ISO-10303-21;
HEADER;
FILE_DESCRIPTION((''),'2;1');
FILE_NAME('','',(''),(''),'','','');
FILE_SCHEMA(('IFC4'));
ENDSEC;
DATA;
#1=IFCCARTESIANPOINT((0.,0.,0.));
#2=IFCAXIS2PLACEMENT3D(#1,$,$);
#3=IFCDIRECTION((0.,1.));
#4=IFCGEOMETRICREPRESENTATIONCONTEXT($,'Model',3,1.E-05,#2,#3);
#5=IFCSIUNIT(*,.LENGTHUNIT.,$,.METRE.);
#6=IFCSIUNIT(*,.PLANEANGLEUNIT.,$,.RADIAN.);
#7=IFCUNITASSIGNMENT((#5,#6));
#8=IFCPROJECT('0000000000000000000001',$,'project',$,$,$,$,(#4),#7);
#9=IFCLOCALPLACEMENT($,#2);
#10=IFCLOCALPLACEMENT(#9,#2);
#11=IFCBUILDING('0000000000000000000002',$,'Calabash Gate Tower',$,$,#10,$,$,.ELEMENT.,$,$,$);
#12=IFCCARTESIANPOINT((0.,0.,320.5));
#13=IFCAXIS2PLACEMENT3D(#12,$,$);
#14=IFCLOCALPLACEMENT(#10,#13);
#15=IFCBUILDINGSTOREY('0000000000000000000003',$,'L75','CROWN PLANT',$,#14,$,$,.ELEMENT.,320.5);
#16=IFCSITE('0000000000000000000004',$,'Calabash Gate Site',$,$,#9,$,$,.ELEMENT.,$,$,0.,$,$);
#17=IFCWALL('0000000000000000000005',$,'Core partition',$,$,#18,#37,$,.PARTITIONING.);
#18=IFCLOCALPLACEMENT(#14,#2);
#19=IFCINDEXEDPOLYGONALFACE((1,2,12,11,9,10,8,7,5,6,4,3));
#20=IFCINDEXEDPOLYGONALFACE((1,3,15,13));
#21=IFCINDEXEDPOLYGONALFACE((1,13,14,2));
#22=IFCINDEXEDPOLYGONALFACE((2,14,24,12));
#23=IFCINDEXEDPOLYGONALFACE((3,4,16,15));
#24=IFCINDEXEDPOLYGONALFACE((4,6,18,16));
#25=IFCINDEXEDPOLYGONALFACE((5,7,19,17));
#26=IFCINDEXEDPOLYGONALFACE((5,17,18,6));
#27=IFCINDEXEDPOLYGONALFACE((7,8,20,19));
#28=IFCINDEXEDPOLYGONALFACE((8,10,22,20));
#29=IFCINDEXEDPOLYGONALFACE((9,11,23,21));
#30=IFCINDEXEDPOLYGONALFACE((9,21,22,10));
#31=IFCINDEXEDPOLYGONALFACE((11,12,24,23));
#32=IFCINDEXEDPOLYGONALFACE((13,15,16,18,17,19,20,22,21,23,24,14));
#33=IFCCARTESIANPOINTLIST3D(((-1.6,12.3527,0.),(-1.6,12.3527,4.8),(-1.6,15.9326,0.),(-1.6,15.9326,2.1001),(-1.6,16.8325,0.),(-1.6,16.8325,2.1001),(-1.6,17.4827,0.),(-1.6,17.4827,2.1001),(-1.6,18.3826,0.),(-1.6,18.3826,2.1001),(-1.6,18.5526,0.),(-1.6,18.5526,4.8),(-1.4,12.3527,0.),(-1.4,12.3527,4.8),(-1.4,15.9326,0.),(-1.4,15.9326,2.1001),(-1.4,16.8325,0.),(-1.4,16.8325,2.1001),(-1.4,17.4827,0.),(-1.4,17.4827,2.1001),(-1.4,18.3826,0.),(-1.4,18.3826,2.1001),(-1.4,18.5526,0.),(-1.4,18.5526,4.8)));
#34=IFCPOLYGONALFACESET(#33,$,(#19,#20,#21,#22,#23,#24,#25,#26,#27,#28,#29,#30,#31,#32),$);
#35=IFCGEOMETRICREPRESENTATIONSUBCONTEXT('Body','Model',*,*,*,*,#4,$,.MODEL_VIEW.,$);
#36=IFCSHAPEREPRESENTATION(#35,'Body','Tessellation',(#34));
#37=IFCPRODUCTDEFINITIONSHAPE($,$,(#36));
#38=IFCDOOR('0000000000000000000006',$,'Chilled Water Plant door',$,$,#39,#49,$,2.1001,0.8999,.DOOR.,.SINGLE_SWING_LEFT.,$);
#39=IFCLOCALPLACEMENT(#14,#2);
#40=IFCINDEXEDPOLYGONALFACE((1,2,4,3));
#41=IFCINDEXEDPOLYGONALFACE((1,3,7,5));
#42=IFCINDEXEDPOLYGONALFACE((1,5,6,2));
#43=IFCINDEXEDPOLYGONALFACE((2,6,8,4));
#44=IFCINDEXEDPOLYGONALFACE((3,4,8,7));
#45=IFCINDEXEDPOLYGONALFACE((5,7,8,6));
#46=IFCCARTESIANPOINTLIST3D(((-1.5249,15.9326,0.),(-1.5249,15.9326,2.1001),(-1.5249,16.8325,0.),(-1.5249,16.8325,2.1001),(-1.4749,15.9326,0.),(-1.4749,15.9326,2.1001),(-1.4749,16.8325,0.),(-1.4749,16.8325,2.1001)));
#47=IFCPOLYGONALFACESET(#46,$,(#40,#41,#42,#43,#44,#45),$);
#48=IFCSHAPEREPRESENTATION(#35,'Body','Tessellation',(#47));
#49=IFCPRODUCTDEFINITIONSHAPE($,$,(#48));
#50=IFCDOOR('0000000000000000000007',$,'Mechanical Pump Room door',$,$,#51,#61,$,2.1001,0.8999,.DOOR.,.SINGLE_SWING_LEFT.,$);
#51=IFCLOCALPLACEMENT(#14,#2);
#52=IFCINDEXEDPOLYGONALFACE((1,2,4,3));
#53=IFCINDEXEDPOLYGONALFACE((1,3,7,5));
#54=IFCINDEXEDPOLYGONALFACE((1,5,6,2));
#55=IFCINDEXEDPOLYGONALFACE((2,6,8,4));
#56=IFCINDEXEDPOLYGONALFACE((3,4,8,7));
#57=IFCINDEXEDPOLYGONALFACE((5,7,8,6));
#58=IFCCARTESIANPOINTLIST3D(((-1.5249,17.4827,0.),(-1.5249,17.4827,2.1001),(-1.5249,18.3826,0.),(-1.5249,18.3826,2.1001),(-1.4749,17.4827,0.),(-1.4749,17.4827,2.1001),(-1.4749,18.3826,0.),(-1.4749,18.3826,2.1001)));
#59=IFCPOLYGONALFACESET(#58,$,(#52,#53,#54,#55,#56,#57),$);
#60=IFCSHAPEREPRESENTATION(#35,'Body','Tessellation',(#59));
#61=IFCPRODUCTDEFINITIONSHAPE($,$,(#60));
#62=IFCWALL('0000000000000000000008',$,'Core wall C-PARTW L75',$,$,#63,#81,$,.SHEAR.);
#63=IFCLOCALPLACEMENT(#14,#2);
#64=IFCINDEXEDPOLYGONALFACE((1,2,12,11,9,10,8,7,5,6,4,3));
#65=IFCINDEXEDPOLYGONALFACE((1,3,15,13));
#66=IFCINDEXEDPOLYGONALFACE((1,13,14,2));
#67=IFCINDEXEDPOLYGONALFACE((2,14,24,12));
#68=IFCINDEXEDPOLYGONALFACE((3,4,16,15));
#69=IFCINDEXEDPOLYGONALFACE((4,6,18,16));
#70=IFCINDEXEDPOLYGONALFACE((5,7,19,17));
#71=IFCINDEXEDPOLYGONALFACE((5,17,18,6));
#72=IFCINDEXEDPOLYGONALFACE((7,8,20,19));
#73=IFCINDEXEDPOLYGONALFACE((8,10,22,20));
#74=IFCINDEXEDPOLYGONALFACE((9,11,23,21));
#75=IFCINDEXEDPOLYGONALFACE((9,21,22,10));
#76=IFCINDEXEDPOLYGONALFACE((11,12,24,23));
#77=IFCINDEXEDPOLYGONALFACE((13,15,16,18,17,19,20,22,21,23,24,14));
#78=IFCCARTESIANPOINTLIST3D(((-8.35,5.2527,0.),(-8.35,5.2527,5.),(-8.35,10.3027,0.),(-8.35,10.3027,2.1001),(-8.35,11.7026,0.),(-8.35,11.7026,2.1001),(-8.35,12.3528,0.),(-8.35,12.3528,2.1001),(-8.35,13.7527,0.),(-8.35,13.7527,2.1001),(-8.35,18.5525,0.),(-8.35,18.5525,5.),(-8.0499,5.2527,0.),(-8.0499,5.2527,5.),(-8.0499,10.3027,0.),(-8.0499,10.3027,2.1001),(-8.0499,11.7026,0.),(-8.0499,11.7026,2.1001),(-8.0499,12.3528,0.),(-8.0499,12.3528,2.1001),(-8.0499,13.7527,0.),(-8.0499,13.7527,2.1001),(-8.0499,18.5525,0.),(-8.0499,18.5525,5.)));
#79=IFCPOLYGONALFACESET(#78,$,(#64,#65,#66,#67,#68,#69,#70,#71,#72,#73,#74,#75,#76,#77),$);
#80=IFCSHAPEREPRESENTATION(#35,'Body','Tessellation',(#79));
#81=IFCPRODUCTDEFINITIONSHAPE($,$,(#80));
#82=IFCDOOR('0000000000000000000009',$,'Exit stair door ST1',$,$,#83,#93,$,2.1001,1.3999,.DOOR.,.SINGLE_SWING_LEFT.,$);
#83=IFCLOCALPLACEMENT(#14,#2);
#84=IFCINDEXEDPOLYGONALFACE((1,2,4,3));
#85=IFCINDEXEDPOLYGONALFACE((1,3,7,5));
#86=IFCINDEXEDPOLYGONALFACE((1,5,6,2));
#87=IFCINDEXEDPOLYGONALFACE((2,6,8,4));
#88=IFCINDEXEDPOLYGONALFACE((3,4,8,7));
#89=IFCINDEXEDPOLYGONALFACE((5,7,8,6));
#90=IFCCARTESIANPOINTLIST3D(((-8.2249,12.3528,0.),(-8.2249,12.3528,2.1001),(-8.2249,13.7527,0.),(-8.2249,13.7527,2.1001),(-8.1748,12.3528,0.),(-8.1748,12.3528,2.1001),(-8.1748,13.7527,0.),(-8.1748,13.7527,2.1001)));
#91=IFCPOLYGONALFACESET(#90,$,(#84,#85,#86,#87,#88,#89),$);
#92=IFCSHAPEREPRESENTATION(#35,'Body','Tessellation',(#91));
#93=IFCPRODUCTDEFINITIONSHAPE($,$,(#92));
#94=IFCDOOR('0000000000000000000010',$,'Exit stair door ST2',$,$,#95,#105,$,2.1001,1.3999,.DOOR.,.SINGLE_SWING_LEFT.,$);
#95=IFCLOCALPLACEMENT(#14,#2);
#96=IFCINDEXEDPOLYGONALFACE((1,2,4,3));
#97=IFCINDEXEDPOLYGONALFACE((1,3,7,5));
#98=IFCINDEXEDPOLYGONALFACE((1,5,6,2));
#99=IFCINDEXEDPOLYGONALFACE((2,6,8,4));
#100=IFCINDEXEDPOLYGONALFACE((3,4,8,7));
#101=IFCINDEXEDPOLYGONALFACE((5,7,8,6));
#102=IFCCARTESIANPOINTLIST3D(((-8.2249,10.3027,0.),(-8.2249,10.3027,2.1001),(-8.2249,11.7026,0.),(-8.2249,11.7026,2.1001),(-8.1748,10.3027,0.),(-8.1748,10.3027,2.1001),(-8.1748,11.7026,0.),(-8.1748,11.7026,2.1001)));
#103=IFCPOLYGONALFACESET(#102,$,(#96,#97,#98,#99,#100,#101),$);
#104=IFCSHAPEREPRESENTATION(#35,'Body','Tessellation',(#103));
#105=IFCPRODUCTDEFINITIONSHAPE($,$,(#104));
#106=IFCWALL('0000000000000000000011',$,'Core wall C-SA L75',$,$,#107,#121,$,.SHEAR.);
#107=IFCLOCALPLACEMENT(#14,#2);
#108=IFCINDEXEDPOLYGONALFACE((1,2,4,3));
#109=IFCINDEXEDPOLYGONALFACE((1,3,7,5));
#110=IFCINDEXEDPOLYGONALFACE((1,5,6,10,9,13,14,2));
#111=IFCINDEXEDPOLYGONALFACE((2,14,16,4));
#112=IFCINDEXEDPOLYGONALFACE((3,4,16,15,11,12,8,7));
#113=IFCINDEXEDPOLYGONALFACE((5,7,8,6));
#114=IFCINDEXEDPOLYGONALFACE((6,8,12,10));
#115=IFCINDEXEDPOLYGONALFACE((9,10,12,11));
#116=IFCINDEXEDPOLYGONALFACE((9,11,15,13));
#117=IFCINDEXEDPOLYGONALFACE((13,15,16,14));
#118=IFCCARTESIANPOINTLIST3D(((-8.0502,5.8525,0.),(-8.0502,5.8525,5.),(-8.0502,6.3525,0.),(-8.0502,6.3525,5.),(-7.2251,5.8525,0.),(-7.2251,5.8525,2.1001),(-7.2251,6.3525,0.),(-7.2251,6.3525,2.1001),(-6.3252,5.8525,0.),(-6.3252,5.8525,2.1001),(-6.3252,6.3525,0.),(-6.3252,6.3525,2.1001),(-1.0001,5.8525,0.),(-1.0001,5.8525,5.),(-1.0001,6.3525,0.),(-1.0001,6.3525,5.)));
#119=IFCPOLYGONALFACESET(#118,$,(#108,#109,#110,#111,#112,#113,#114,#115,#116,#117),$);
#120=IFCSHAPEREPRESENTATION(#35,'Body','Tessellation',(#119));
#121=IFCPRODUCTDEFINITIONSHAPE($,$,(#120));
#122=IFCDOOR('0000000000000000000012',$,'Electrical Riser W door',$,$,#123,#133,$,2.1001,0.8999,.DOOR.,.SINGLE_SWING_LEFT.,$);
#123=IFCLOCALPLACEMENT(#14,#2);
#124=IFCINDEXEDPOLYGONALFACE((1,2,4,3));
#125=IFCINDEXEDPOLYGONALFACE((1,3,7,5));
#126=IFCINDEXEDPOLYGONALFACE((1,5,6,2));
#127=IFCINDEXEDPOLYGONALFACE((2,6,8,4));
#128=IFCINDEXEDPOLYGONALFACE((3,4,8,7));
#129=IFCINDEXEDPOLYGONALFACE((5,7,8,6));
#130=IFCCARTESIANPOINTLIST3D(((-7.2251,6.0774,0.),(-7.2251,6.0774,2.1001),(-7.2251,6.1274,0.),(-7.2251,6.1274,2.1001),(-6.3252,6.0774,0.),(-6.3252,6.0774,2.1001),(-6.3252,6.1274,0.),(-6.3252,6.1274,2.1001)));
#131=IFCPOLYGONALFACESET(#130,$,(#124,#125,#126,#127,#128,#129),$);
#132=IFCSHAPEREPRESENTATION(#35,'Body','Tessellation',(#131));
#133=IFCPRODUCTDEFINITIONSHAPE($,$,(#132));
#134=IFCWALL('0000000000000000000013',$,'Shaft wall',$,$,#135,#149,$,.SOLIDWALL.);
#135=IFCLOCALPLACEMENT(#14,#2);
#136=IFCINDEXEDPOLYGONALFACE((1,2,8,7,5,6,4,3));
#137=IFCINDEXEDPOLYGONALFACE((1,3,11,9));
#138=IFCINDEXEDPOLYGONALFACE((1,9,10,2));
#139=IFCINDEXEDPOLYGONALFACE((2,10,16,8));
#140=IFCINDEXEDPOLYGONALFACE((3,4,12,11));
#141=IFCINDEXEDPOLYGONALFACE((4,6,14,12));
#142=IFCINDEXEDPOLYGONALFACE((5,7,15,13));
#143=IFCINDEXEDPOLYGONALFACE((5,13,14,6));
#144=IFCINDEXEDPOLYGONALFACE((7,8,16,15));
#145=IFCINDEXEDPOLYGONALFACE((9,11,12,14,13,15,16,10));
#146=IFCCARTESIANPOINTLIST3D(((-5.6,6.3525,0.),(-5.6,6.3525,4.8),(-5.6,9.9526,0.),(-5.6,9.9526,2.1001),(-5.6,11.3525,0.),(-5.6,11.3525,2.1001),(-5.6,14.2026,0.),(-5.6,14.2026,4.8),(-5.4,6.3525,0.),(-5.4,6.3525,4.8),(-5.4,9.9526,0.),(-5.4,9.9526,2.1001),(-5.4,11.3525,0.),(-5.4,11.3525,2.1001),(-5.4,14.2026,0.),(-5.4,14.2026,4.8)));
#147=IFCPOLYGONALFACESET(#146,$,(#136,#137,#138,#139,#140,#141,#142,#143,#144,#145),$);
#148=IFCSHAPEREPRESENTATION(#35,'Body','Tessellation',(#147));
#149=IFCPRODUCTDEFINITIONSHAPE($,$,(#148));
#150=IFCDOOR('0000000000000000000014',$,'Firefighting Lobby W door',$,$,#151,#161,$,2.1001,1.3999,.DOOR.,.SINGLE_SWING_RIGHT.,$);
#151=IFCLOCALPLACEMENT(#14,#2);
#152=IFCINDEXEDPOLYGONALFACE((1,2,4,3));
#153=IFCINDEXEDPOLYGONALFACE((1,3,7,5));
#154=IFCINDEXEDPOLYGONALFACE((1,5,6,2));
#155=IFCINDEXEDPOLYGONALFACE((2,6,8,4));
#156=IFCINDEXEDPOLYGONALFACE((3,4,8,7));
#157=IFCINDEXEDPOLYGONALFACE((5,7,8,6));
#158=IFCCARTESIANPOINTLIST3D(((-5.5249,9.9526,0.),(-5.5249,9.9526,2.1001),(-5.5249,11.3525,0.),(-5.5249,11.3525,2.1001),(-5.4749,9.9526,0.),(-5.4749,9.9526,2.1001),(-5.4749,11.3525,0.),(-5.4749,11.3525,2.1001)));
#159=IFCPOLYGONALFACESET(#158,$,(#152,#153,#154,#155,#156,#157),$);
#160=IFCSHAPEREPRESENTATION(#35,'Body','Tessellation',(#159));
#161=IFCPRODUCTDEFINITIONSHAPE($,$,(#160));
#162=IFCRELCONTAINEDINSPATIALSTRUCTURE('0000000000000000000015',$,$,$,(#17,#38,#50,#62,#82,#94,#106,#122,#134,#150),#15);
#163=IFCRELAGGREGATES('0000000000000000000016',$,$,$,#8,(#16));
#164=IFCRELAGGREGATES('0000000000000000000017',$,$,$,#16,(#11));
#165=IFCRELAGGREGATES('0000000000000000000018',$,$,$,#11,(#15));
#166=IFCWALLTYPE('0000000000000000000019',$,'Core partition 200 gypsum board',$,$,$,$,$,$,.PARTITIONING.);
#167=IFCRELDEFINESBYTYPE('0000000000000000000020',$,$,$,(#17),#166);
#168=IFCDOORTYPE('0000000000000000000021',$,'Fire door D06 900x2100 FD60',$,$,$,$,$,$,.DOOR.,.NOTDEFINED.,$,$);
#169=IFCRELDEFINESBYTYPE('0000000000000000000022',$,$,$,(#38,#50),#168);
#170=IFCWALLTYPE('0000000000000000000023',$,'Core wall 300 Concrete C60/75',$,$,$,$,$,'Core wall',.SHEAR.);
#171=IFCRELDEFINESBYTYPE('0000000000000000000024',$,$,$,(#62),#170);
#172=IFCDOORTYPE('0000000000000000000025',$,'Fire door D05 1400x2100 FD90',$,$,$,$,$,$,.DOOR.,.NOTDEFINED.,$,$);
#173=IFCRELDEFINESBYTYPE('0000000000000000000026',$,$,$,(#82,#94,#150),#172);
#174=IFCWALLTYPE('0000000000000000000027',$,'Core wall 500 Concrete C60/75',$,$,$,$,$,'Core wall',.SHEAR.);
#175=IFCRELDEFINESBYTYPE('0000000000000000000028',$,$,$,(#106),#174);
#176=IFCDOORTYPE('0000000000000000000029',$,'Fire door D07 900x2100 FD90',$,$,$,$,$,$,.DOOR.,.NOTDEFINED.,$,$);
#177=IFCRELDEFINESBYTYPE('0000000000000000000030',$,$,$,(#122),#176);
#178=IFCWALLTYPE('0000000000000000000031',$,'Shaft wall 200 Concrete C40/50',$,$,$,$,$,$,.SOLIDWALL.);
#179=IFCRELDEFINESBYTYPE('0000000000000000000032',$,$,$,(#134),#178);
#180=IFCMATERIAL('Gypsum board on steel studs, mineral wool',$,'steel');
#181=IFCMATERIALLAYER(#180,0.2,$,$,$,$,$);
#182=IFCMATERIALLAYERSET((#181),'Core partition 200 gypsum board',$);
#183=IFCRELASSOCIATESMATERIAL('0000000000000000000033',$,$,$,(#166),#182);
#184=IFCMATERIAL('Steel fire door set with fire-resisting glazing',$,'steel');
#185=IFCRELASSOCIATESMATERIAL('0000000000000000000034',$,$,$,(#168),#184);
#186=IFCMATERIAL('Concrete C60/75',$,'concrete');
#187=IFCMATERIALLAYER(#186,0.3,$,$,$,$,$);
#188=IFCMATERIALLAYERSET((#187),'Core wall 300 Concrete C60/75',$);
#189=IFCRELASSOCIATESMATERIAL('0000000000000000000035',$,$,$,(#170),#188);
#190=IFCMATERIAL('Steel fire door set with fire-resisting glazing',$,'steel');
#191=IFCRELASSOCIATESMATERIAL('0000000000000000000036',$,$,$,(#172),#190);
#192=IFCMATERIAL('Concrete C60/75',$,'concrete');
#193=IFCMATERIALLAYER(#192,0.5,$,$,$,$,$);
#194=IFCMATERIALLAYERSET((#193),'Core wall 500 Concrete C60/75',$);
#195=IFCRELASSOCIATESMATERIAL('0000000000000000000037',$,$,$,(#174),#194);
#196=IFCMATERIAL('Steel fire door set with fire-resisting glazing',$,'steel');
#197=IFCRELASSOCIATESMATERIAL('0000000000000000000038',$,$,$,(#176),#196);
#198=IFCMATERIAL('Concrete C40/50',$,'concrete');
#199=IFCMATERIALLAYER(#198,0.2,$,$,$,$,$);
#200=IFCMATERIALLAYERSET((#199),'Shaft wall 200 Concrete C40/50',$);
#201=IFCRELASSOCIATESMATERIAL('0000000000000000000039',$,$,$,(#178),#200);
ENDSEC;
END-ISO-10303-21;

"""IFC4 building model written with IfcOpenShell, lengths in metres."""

from ifc_helpers import new_model, si_unit, direction, frame, frame_2d, origin, place, context, subcontext, project, spatial, rectangle, extrude, material, layer, layer_set, type_object, element, fill, save


model = new_model("IFC4")

# Units and contexts
model_context = context("Model", 3, precision=1e-05, world=origin(), true_north=direction((0.0, 1.0)))
body_context = subcontext(model_context, "Body", "Model", "MODEL_VIEW")
ifc_project = project(units=[si_unit("LENGTHUNIT", "METRE"), si_unit("PLANEANGLEUNIT", "RADIAN")], contexts=[model_context])

# Site, building, storey
site_placement = place(None, origin())
site = spatial("IfcSite", under=ifc_project, at=site_placement, Name="Calabash Gate Site", CompositionType="ELEMENT", RefElevation=0.0)
building_placement = place(site_placement, origin())
building = spatial("IfcBuilding", under=site, at=building_placement, Name="Calabash Gate Tower", CompositionType="ELEMENT")
storey_placement = place(building_placement, frame((0.0, 0.0, 320.5)))
storey = spatial("IfcBuildingStorey", under=building, at=storey_placement, Name="L75", Description="CROWN PLANT", CompositionType="ELEMENT", Elevation=320.5)

# Shared definitions
ifc_material_1 = material(Name="Gypsum board on steel studs, mineral wool", Category="steel")
ifc_layer_1 = layer(ifc_material_1, 0.2)
ifc_layer_set_1 = layer_set([ifc_layer_1], Name="Core partition 200 gypsum board")
wall_type_1 = type_object("IfcWallType", Name="Core partition 200 gypsum board", PredefinedType="PARTITIONING", material=ifc_layer_set_1)

# Shared definitions
ifc_material_2 = material(Name="Steel fire door set with fire-resisting glazing", Category="steel")
door_type_1 = type_object("IfcDoorType", Name="Fire door D06 900x2100 FD60", OperationType="NOTDEFINED", PredefinedType="DOOR", material=ifc_material_2)

# Walls, openings, doors
wall_1_placement = place(storey_placement, frame((-1.5, 12.3525, 0.0), z_axis=(0.0, 0.0, 1.0), x_axis=(0.0, 1.0, 0.0)))
wall_1 = element("IfcWall", 1, at=wall_1_placement, inside=storey, type_object=wall_type_1, Name="Core partition", PredefinedType="PARTITIONING", context=body_context, shape_type="SweptSolid", body=[
    extrude(rectangle(XDim=6.2, YDim=0.2, at=frame_2d((3.1001, 0.0))), origin(), (0.0, 0.0, 1.0), 4.8),
])
opening_1_placement = place(wall_1_placement, frame((3.5801, 0.0, 0.0)))
opening_1 = element("IfcOpeningElement", 2, at=opening_1_placement, cuts=wall_1, PredefinedType="OPENING", context=body_context, shape_type="SweptSolid", body=[
    extrude(rectangle(XDim=0.8999, YDim=2.1001, at=frame_2d((0.45, 1.05))), frame((0.0, 0.1099, 0.0), z_axis=(0.0, -1.0, 0.0), x_axis=(1.0, 0.0, 0.0)), (0.0, 0.0, 1.0), 0.22),
])
opening_2_placement = place(wall_1_placement, frame((5.1301, 0.0, 0.0)))
opening_2 = element("IfcOpeningElement", 3, at=opening_2_placement, cuts=wall_1, PredefinedType="OPENING", context=body_context, shape_type="SweptSolid", body=[
    extrude(rectangle(XDim=0.8999, YDim=2.1001, at=frame_2d((0.45, 1.05))), frame((0.0, 0.1099, 0.0), z_axis=(0.0, -1.0, 0.0), x_axis=(1.0, 0.0, 0.0)), (0.0, 0.0, 1.0), 0.22),
])
door_1_placement = place(opening_1_placement, origin())
door_1 = element("IfcDoor", 4, at=door_1_placement, inside=storey, type_object=door_type_1, Name="Chilled Water Plant door", OperationType="SINGLE_SWING_LEFT", OverallHeight=2.1001, OverallWidth=0.8999, PredefinedType="DOOR", context=body_context, shape_type="SweptSolid", body=[
    extrude(rectangle(XDim=0.8999, YDim=2.1001, at=frame_2d((0.45, 1.05))), frame((0.0, 0.0249, 0.0), z_axis=(0.0, -1.0, 0.0), x_axis=(1.0, 0.0, 0.0)), (0.0, 0.0, 1.0), 0.05),
])
fill(opening_1, door_1)
door_2_placement = place(opening_2_placement, origin())
door_2 = element("IfcDoor", 5, at=door_2_placement, inside=storey, type_object=door_type_1, Name="Mechanical Pump Room door", OperationType="SINGLE_SWING_LEFT", OverallHeight=2.1001, OverallWidth=0.8999, PredefinedType="DOOR", context=body_context, shape_type="SweptSolid", body=[
    extrude(rectangle(XDim=0.8999, YDim=2.1001, at=frame_2d((0.45, 1.05))), frame((0.0, 0.0249, 0.0), z_axis=(0.0, -1.0, 0.0), x_axis=(1.0, 0.0, 0.0)), (0.0, 0.0, 1.0), 0.05),
])
fill(opening_2, door_2)
ifc_material_3 = material(Name="Concrete C60/75", Category="concrete")
ifc_layer_2 = layer(ifc_material_3, 0.3)
ifc_layer_set_2 = layer_set([ifc_layer_2], Name="Core wall 300 Concrete C60/75")
wall_type_2 = type_object("IfcWallType", Name="Core wall 300 Concrete C60/75", ElementType="Core wall", PredefinedType="SHEAR", material=ifc_layer_set_2)
wall_2_placement = place(storey_placement, frame((-8.2, 5.2527, 0.0), z_axis=(0.0, 0.0, 1.0), x_axis=(0.0, 1.0, 0.0)))
wall_2 = element("IfcWall", 6, at=wall_2_placement, inside=storey, type_object=wall_type_2, Name="Core wall C-PARTW L75", PredefinedType="SHEAR", context=body_context, shape_type="SweptSolid", body=[
    extrude(rectangle(XDim=13.2998, YDim=0.3, at=frame_2d((6.6499, 0.0))), origin(), (0.0, 0.0, 1.0), 5.0),
])
opening_3_placement = place(wall_2_placement, frame((7.1001, 0.0, 0.0)))
opening_3 = element("IfcOpeningElement", 7, at=opening_3_placement, cuts=wall_2, PredefinedType="OPENING", context=body_context, shape_type="SweptSolid", body=[
    extrude(rectangle(XDim=1.3999, YDim=2.1001, at=frame_2d((0.7, 1.05))), frame((0.0, 0.1599, 0.0), z_axis=(0.0, -1.0, 0.0), x_axis=(1.0, 0.0, 0.0)), (0.0, 0.0, 1.0), 0.3201),
])
opening_4_placement = place(wall_2_placement, frame((5.05, 0.0, 0.0)))
opening_4 = element("IfcOpeningElement", 8, at=opening_4_placement, cuts=wall_2, PredefinedType="OPENING", context=body_context, shape_type="SweptSolid", body=[
    extrude(rectangle(XDim=1.3999, YDim=2.1001, at=frame_2d((0.7, 1.05))), frame((0.0, 0.1599, 0.0), z_axis=(0.0, -1.0, 0.0), x_axis=(1.0, 0.0, 0.0)), (0.0, 0.0, 1.0), 0.3201),
])
ifc_material_4 = material(Name="Steel fire door set with fire-resisting glazing", Category="steel")
door_type_2 = type_object("IfcDoorType", Name="Fire door D05 1400x2100 FD90", OperationType="NOTDEFINED", PredefinedType="DOOR", material=ifc_material_4)
door_3_placement = place(opening_3_placement, origin())
door_3 = element("IfcDoor", 9, at=door_3_placement, inside=storey, type_object=door_type_2, Name="Exit stair door ST1", OperationType="SINGLE_SWING_LEFT", OverallHeight=2.1001, OverallWidth=1.3999, PredefinedType="DOOR", context=body_context, shape_type="SweptSolid", body=[
    extrude(rectangle(XDim=1.3999, YDim=2.1001, at=frame_2d((0.7, 1.05))), frame((0.0, 0.0249, 0.0), z_axis=(0.0, -1.0, 0.0), x_axis=(1.0, 0.0, 0.0)), (0.0, 0.0, 1.0), 0.05),
])
fill(opening_3, door_3)
door_4_placement = place(opening_4_placement, origin())
door_4 = element("IfcDoor", 10, at=door_4_placement, inside=storey, type_object=door_type_2, Name="Exit stair door ST2", OperationType="SINGLE_SWING_LEFT", OverallHeight=2.1001, OverallWidth=1.3999, PredefinedType="DOOR", context=body_context, shape_type="SweptSolid", body=[
    extrude(rectangle(XDim=1.3999, YDim=2.1001, at=frame_2d((0.7, 1.05))), frame((0.0, 0.0249, 0.0), z_axis=(0.0, -1.0, 0.0), x_axis=(1.0, 0.0, 0.0)), (0.0, 0.0, 1.0), 0.05),
])
fill(opening_4, door_4)

# Walls, openings, doors
ifc_material_5 = material(Name="Concrete C60/75", Category="concrete")
ifc_layer_3 = layer(ifc_material_5, 0.5)
ifc_layer_set_3 = layer_set([ifc_layer_3], Name="Core wall 500 Concrete C60/75")
wall_type_3 = type_object("IfcWallType", Name="Core wall 500 Concrete C60/75", ElementType="Core wall", PredefinedType="SHEAR", material=ifc_layer_set_3)
wall_3_placement = place(storey_placement, frame((-8.05, 6.1025, 0.0), z_axis=(0.0, 0.0, 1.0), x_axis=(1.0, 0.0, 0.0)))
wall_3 = element("IfcWall", 11, at=wall_3_placement, inside=storey, type_object=wall_type_3, Name="Core wall C-SA L75", PredefinedType="SHEAR", context=body_context, shape_type="SweptSolid", body=[
    extrude(rectangle(XDim=7.05, YDim=0.5, at=frame_2d((3.5249, 0.0))), origin(), (0.0, 0.0, 1.0), 5.0),
])
opening_5_placement = place(wall_3_placement, frame((0.825, 0.0, 0.0)))
opening_5 = element("IfcOpeningElement", 12, at=opening_5_placement, cuts=wall_3, PredefinedType="OPENING", context=body_context, shape_type="SweptSolid", body=[
    extrude(rectangle(XDim=0.8999, YDim=2.1001, at=frame_2d((0.45, 1.05))), frame((0.0, 0.26, 0.0), z_axis=(0.0, -1.0, 0.0), x_axis=(1.0, 0.0, 0.0)), (0.0, 0.0, 1.0), 0.52),
])
ifc_material_6 = material(Name="Steel fire door set with fire-resisting glazing", Category="steel")
door_type_3 = type_object("IfcDoorType", Name="Fire door D07 900x2100 FD90", OperationType="NOTDEFINED", PredefinedType="DOOR", material=ifc_material_6)
door_5_placement = place(opening_5_placement, origin())
door_5 = element("IfcDoor", 13, at=door_5_placement, inside=storey, type_object=door_type_3, Name="Electrical Riser W door", OperationType="SINGLE_SWING_LEFT", OverallHeight=2.1001, OverallWidth=0.8999, PredefinedType="DOOR", context=body_context, shape_type="SweptSolid", body=[
    extrude(rectangle(XDim=0.8999, YDim=2.1001, at=frame_2d((0.45, 1.05))), frame((0.0, 0.0249, 0.0), z_axis=(0.0, -1.0, 0.0), x_axis=(1.0, 0.0, 0.0)), (0.0, 0.0, 1.0), 0.05),
])
fill(opening_5, door_5)
ifc_material_7 = material(Name="Concrete C40/50", Category="concrete")
ifc_layer_4 = layer(ifc_material_7, 0.2)
ifc_layer_set_4 = layer_set([ifc_layer_4], Name="Shaft wall 200 Concrete C40/50")
wall_type_4 = type_object("IfcWallType", Name="Shaft wall 200 Concrete C40/50", PredefinedType="SOLIDWALL", material=ifc_layer_set_4)
wall_4_placement = place(storey_placement, frame((-5.5, 6.3525, 0.0), z_axis=(0.0, 0.0, 1.0), x_axis=(0.0, 1.0, 0.0)))
wall_4 = element("IfcWall", 14, at=wall_4_placement, inside=storey, type_object=wall_type_4, Name="Shaft wall", PredefinedType="SOLIDWALL", context=body_context, shape_type="SweptSolid", body=[
    extrude(rectangle(XDim=7.8501, YDim=0.2, at=frame_2d((3.925, 0.0))), origin(), (0.0, 0.0, 1.0), 4.8),
])
opening_6_placement = place(wall_4_placement, frame((3.6001, 0.0, 0.0)))
opening_6 = element("IfcOpeningElement", 15, at=opening_6_placement, cuts=wall_4, PredefinedType="OPENING", context=body_context, shape_type="SweptSolid", body=[
    extrude(rectangle(XDim=1.3999, YDim=2.1001, at=frame_2d((0.7, 1.05))), frame((0.0, 0.1099, 0.0), z_axis=(0.0, -1.0, 0.0), x_axis=(1.0, 0.0, 0.0)), (0.0, 0.0, 1.0), 0.22),
])
door_6_placement = place(opening_6_placement, origin())
door_6 = element("IfcDoor", 16, at=door_6_placement, inside=storey, type_object=door_type_2, Name="Firefighting Lobby W door", OperationType="SINGLE_SWING_RIGHT", OverallHeight=2.1001, OverallWidth=1.3999, PredefinedType="DOOR", context=body_context, shape_type="SweptSolid", body=[
    extrude(rectangle(XDim=1.3999, YDim=2.1001, at=frame_2d((0.7, 1.05))), frame((0.0, 0.0249, 0.0), z_axis=(0.0, -1.0, 0.0), x_axis=(1.0, 0.0, 0.0)), (0.0, 0.0, 1.0), 0.05),
])
fill(opening_6, door_6)

save(model, "model.ifc")
